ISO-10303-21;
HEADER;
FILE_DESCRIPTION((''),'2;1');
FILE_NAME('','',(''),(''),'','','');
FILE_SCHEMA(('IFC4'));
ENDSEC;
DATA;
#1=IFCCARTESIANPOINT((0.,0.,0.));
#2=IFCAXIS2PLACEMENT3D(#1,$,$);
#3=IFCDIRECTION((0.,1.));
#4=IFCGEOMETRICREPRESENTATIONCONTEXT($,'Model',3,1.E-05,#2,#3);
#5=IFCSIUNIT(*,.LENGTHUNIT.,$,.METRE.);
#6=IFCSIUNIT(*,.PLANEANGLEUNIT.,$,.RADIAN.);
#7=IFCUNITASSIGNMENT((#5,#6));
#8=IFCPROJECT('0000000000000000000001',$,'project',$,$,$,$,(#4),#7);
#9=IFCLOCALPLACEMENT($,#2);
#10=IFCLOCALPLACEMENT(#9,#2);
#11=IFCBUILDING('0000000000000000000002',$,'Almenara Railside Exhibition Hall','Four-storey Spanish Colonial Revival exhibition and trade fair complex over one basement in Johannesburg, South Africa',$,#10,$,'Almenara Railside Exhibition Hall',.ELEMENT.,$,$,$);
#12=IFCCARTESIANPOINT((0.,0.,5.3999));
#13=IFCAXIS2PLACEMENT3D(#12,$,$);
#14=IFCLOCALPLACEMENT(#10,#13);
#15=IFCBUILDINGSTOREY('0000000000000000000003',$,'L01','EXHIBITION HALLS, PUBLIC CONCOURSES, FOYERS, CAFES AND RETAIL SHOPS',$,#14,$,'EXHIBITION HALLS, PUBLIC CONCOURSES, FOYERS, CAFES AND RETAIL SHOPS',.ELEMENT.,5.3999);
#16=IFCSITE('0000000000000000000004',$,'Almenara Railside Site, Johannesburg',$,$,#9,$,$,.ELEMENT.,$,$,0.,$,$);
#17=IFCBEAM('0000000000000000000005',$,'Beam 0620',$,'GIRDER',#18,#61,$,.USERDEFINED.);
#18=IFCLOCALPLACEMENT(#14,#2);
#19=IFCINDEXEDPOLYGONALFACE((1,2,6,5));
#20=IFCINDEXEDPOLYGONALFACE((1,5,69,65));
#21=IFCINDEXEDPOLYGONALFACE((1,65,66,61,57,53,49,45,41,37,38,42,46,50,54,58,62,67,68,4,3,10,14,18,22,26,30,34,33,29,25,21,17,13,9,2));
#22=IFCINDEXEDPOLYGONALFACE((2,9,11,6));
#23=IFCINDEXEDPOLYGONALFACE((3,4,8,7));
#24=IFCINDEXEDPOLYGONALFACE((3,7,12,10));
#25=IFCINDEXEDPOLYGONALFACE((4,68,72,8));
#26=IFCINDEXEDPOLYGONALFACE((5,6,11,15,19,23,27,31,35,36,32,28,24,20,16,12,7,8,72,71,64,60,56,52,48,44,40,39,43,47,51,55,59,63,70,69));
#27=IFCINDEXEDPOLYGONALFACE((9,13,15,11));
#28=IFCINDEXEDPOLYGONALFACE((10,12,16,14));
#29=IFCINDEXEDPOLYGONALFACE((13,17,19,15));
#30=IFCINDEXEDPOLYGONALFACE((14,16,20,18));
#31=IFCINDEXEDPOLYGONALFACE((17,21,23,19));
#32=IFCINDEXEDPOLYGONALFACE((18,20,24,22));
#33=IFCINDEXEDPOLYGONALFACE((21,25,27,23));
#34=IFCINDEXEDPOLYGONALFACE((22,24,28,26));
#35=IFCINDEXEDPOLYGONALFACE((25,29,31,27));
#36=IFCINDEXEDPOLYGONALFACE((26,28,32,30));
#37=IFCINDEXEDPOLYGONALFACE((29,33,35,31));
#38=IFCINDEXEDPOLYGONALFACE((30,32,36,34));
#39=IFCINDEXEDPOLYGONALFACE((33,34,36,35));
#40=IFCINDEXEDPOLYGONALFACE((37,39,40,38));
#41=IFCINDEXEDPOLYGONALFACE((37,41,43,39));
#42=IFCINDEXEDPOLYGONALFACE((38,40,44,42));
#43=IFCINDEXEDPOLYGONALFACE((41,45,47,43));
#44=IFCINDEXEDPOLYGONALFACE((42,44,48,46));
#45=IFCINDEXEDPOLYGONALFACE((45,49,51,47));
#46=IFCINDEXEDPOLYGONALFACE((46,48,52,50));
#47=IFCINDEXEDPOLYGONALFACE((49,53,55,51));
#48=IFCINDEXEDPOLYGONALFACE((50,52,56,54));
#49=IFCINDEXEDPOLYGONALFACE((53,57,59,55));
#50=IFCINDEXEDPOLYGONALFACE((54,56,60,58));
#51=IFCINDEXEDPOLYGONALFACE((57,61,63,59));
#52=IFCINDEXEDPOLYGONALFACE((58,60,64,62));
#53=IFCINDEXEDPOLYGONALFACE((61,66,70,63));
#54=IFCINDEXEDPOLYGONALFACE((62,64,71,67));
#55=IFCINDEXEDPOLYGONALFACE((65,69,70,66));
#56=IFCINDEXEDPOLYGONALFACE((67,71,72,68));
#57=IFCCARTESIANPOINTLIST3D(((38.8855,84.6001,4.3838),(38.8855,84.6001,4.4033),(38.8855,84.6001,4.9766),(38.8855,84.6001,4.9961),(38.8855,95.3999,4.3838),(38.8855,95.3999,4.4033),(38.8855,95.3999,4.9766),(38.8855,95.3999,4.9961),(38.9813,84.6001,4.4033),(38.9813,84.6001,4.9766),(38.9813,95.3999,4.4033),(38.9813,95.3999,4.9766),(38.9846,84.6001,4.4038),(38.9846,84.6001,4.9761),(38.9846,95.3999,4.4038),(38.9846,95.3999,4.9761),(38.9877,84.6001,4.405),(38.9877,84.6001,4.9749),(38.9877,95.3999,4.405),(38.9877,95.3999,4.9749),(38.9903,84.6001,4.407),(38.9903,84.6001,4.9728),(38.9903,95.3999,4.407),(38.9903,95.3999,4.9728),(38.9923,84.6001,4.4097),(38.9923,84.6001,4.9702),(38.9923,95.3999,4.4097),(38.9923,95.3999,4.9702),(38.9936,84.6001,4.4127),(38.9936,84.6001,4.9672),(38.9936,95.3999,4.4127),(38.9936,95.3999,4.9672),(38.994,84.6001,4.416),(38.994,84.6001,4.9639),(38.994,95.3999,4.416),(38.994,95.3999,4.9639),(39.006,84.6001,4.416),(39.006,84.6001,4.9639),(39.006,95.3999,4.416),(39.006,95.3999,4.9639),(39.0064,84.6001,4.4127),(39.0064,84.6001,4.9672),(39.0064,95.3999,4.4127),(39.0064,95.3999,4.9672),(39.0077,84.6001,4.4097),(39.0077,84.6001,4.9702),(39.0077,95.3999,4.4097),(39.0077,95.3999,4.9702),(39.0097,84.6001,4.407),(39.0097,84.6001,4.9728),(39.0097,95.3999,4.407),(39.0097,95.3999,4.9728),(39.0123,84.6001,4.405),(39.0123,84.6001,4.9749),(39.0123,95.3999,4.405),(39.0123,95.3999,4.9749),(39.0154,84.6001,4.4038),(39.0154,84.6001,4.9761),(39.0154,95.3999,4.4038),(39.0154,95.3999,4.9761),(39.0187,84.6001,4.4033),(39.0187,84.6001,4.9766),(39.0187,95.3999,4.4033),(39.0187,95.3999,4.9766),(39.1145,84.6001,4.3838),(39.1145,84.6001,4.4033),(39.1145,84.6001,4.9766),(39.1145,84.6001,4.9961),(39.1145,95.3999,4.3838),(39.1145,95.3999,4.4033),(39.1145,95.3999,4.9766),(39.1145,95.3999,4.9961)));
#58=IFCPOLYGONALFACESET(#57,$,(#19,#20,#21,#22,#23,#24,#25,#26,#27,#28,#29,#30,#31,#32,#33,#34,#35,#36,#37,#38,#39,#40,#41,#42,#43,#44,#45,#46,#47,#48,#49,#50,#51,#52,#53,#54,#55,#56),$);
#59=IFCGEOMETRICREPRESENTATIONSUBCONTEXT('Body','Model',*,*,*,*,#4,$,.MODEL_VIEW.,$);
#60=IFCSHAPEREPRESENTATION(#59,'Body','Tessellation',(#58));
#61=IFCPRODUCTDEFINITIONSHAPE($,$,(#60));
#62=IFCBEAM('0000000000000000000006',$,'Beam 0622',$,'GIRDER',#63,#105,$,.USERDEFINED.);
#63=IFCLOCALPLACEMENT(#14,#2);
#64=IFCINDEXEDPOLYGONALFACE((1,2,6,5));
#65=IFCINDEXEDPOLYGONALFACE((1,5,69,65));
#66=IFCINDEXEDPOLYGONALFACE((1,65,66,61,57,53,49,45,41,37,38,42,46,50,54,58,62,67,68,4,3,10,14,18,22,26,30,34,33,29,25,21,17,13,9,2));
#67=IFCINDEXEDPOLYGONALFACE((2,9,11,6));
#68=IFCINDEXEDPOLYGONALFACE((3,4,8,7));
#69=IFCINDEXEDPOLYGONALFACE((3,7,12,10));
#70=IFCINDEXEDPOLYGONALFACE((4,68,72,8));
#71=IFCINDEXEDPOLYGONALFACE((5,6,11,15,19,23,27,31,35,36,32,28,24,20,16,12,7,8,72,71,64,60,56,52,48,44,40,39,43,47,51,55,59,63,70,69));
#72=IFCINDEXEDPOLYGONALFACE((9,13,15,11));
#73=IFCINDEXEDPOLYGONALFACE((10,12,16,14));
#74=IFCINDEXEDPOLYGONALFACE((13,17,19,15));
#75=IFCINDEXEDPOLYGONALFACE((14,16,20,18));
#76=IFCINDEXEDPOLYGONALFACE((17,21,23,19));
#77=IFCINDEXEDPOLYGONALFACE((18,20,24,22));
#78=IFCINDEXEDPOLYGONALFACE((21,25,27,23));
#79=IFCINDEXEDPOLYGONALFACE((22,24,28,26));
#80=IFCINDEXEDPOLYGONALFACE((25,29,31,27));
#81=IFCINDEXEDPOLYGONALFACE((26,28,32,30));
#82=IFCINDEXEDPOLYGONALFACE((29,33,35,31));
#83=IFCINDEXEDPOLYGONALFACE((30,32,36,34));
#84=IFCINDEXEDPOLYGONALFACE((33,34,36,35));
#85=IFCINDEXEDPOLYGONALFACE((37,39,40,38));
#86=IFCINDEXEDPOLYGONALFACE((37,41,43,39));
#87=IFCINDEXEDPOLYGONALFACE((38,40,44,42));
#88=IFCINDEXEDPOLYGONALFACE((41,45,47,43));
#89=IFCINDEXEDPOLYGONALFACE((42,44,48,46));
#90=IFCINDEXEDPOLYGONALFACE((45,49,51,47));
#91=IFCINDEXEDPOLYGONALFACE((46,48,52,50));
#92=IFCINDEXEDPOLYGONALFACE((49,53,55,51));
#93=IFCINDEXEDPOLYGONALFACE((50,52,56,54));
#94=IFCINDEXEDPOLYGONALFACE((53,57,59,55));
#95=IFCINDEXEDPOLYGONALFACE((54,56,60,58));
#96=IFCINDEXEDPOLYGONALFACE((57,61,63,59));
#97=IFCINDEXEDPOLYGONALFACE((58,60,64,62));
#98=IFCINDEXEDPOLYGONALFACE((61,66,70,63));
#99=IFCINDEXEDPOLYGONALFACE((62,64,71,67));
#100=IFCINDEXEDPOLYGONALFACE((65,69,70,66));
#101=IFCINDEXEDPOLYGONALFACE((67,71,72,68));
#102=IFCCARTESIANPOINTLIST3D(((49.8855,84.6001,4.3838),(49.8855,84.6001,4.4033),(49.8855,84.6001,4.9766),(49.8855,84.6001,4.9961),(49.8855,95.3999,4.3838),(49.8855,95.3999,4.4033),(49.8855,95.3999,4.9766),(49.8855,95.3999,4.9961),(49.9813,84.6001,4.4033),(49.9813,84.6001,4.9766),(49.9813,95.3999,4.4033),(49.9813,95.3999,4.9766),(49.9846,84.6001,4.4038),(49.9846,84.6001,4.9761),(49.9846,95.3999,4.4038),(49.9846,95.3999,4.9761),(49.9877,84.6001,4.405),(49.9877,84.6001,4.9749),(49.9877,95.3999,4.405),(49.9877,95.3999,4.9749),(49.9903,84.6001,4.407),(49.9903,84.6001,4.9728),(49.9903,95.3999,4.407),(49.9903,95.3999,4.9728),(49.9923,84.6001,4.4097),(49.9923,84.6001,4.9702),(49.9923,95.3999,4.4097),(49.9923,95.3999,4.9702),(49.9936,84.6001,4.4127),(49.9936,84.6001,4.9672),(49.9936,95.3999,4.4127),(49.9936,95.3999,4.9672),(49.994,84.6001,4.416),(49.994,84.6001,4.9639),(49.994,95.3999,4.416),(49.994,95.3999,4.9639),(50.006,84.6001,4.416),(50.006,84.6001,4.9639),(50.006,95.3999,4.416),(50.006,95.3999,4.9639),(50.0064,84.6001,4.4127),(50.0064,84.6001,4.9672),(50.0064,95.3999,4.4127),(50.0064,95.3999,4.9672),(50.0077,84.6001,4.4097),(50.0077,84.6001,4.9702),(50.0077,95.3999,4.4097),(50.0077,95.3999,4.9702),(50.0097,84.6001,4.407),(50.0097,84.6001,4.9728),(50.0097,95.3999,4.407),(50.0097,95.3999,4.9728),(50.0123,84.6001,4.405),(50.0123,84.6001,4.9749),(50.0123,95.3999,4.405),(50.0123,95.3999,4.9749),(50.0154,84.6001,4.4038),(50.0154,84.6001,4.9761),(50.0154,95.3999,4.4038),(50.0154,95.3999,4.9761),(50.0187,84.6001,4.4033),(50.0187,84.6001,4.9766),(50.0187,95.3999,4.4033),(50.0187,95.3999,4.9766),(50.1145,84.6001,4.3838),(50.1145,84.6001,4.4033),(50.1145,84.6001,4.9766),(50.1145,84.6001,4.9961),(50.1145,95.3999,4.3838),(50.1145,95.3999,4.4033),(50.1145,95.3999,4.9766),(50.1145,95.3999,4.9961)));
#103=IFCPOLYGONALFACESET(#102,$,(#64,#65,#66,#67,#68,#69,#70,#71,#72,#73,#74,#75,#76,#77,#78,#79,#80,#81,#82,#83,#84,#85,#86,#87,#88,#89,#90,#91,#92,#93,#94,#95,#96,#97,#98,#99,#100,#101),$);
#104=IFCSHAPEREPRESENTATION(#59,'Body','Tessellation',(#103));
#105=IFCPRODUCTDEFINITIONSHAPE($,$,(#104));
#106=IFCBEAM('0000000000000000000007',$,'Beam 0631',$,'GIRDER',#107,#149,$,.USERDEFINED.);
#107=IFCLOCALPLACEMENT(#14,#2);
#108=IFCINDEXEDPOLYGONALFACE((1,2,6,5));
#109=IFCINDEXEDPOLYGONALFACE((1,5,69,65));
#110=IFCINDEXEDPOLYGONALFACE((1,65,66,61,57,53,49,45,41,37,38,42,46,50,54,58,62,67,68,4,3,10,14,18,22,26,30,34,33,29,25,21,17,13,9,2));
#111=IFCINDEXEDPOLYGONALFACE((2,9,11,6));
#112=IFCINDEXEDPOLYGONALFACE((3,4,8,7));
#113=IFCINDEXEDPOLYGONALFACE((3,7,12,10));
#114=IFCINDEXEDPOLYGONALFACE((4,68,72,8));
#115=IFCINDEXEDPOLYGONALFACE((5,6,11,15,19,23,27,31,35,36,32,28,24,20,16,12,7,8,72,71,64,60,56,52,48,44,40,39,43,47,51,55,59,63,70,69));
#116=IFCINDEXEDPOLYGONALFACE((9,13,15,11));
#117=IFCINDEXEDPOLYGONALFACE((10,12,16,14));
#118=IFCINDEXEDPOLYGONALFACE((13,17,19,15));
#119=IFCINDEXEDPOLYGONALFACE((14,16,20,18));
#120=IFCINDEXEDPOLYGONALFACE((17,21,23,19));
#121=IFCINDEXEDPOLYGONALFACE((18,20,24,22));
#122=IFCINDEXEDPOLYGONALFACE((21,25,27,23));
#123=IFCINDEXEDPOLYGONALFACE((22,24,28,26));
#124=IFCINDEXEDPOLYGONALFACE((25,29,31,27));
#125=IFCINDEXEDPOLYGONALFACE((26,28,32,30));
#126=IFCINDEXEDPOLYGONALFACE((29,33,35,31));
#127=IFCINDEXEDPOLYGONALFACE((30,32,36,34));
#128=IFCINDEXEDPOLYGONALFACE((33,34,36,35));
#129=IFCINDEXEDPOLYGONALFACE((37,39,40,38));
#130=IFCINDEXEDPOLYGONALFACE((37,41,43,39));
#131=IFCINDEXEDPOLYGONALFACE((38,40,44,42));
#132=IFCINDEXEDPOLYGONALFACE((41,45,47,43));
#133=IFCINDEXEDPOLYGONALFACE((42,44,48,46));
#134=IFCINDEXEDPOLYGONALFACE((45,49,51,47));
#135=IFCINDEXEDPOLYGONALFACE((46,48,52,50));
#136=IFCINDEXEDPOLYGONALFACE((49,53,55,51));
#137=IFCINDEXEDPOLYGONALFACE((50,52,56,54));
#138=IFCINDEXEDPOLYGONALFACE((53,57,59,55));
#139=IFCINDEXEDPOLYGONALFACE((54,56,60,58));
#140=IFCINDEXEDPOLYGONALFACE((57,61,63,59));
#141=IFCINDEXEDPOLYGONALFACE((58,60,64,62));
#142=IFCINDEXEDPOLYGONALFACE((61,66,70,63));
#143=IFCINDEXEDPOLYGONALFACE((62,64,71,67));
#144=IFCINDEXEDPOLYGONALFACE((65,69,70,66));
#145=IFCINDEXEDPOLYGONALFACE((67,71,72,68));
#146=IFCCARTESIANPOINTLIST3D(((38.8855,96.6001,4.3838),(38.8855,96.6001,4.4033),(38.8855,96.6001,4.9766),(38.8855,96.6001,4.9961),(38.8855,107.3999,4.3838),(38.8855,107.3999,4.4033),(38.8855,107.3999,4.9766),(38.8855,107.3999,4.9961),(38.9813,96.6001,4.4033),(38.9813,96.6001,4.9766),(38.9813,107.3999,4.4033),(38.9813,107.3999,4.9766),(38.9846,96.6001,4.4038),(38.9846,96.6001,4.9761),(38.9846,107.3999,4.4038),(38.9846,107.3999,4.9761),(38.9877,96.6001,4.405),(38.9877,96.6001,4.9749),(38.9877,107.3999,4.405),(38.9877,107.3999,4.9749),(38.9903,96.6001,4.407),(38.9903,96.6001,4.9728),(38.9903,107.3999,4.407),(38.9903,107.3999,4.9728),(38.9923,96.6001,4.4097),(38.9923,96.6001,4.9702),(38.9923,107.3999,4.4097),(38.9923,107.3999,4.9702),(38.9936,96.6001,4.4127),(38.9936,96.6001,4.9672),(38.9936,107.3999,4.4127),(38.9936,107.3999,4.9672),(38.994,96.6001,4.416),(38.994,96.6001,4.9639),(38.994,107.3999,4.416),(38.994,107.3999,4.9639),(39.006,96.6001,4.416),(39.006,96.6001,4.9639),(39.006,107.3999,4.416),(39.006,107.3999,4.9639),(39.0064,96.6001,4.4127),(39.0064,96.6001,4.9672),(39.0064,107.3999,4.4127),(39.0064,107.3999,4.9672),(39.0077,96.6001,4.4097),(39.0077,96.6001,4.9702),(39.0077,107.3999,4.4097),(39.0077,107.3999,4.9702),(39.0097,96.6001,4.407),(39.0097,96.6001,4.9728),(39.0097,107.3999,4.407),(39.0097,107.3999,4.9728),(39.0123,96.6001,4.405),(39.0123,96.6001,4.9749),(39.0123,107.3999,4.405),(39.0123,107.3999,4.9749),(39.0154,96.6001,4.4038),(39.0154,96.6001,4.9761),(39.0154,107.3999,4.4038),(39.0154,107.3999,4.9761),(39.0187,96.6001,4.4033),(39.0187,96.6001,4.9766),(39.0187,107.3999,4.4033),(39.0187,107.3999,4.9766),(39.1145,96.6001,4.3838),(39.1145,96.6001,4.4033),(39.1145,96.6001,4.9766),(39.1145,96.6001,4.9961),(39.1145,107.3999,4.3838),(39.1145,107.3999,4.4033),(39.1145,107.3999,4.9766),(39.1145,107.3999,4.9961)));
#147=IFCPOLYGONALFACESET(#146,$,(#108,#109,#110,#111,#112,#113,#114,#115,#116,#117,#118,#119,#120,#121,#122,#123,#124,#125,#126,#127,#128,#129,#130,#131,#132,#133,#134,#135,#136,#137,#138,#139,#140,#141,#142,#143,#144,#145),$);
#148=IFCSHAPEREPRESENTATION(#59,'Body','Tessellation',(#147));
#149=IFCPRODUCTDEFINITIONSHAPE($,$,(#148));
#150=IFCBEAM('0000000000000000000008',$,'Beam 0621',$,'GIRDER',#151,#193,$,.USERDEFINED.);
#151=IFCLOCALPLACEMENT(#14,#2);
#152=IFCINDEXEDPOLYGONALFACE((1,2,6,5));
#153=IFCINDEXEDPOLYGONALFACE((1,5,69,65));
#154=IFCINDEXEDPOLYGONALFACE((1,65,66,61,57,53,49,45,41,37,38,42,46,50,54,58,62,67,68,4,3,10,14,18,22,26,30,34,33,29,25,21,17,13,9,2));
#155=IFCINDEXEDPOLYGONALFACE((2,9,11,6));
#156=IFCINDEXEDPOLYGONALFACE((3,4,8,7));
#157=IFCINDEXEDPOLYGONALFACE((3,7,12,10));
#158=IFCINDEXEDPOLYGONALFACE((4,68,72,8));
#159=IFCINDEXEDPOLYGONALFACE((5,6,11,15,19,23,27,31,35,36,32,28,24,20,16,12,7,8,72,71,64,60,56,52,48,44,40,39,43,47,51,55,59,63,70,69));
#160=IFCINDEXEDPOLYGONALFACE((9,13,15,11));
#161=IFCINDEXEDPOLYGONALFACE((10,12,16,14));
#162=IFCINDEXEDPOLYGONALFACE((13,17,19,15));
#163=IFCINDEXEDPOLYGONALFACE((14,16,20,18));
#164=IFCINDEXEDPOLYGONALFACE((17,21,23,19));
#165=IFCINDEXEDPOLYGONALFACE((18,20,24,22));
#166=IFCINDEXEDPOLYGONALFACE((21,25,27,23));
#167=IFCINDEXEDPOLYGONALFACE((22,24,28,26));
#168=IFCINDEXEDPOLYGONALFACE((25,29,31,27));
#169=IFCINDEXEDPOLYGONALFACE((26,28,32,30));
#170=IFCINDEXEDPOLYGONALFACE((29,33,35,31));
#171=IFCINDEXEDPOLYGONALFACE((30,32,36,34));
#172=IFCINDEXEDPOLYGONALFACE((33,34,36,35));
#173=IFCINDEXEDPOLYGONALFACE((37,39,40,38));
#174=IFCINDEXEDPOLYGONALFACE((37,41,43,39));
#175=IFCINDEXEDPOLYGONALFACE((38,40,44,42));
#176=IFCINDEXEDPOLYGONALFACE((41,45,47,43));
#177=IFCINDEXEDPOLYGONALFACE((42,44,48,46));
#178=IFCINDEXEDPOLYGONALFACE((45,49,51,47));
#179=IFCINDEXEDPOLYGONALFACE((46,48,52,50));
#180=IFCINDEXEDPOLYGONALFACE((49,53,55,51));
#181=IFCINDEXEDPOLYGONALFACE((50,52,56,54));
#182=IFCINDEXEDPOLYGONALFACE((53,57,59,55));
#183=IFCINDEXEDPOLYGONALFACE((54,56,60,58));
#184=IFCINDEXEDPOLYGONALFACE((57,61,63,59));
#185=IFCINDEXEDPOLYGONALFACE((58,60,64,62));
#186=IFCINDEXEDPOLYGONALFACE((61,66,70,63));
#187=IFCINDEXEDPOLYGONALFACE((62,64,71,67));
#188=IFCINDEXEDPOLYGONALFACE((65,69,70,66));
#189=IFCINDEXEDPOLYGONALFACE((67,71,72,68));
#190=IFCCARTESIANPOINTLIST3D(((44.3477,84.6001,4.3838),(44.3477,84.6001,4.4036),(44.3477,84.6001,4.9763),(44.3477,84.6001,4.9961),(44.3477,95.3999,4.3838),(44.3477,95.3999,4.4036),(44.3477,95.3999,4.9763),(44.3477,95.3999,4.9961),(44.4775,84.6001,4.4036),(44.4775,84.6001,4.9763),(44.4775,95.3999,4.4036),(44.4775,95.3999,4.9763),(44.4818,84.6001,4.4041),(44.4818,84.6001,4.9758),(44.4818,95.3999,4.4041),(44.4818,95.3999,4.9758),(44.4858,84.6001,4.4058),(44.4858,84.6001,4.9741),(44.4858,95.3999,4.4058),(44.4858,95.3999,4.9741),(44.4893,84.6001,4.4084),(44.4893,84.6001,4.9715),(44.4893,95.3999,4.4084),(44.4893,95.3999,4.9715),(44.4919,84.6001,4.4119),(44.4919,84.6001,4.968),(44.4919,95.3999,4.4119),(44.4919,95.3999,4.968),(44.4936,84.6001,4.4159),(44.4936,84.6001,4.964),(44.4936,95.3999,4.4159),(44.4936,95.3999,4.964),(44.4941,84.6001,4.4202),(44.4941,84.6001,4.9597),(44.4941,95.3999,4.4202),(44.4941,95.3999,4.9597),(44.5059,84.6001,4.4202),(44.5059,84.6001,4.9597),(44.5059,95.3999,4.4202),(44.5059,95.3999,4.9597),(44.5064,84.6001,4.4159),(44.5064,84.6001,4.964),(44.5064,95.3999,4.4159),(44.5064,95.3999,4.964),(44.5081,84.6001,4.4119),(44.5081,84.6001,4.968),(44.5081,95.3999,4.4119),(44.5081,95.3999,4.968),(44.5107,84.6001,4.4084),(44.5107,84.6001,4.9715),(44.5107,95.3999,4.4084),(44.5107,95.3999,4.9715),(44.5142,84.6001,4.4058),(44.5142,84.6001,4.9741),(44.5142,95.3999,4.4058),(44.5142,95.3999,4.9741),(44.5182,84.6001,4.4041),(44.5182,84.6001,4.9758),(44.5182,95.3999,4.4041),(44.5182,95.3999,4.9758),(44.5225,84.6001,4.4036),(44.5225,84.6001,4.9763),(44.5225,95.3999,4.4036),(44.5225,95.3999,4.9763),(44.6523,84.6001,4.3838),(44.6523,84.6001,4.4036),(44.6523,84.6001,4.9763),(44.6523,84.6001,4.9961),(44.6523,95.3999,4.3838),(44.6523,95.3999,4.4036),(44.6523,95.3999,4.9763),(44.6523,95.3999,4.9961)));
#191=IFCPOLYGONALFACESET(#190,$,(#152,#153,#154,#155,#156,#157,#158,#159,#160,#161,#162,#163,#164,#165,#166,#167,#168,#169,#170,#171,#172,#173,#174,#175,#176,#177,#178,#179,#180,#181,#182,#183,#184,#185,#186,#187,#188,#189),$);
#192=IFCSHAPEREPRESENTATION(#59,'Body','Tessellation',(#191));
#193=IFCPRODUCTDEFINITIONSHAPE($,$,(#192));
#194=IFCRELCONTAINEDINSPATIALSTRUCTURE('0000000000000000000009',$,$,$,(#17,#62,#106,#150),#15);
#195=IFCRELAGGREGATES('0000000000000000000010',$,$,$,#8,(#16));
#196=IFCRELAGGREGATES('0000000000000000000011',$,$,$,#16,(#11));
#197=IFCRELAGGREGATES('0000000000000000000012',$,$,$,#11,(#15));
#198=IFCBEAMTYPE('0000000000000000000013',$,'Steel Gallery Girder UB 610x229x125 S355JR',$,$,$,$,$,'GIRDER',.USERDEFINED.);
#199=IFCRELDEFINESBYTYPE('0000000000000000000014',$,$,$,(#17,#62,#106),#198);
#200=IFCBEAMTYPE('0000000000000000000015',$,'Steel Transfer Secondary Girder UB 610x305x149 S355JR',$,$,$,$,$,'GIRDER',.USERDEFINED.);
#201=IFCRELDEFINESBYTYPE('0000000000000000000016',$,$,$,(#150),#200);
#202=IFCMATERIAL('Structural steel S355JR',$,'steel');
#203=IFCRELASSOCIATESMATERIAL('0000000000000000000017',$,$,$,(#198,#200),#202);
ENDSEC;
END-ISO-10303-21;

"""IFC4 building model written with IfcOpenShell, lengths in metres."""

from ifc_helpers import new_model, si_unit, direction, frame, origin, origin_2d, place, context, subcontext, project, spatial, i_section, extrude, material, material_profile, profile_set, type_object, element, save


model = new_model("IFC4")

# Units and contexts
model_context = context("Model", 3, precision=1e-05, world=origin(), true_north=direction((0.0, 1.0)))
body_context = subcontext(model_context, "Body", "Model", "MODEL_VIEW")
ifc_project = project(units=[si_unit("LENGTHUNIT", "METRE"), si_unit("PLANEANGLEUNIT", "RADIAN")], contexts=[model_context])

# Site, building, storey
site_placement = place(None, origin())
site = spatial("IfcSite", under=ifc_project, at=site_placement, Name="Almenara Railside Site, Johannesburg", CompositionType="ELEMENT", RefElevation=0.0)
building_placement = place(site_placement, origin())
building = spatial("IfcBuilding", under=site, at=building_placement, Name="Almenara Railside Exhibition Hall", Description="Four-storey Spanish Colonial Revival exhibition and trade fair complex over one basement in Johannesburg, South Africa", LongName="Almenara Railside Exhibition Hall", CompositionType="ELEMENT")
storey_placement = place(building_placement, frame((0.0, 0.0, 5.3999)))
storey = spatial("IfcBuildingStorey", under=building, at=storey_placement, Name="L01", Description="EXHIBITION HALLS, PUBLIC CONCOURSES, FOYERS, CAFES AND RETAIL SHOPS", LongName="EXHIBITION HALLS, PUBLIC CONCOURSES, FOYERS, CAFES AND RETAIL SHOPS", CompositionType="ELEMENT", Elevation=5.3999)

# Beams
ifc_material_1 = material(Name="Structural steel S355JR", Category="steel")
ifc_material_profile_1 = material_profile(ifc_material_1, i_section(OverallWidth=0.229, OverallDepth=0.6123, WebThickness=0.012, FlangeThickness=0.0195, FilletRadius=0.0127, at=origin_2d()), Name="UB 610x229x125")
ifc_profile_set_1 = profile_set([ifc_material_profile_1], Name="Structural steel S355JR")
beam_type_1 = type_object("IfcBeamType", Name="Steel Gallery Girder UB 610x229x125 S355JR", ElementType="GIRDER", PredefinedType="USERDEFINED", material=ifc_profile_set_1)
for number, where, z_axis, x_axis, name in (
    (1, (39.0, 84.6001, 4.6899), (0.0, 1.0, 0.0), (-1.0, 0.0, 0.0), "Beam 0620"),
    (2, (50.0, 84.6001, 4.6899), (0.0, 1.0, 0.0), (-1.0, 0.0, 0.0), "Beam 0622"),
    (3, (39.0, 96.6001, 4.6899), (0.0, 1.0, 0.0), (-1.0, 0.0, 0.0), "Beam 0631"),
):
    element("IfcBeam", number, at=place(storey_placement, frame(where, z_axis=z_axis, x_axis=x_axis)), inside=storey, type_object=beam_type_1, Name=name, ObjectType="GIRDER", PredefinedType="USERDEFINED", context=body_context, shape_type="SweptSolid", body=[
        extrude(i_section(OverallWidth=0.229, OverallDepth=0.6123, WebThickness=0.012, FlangeThickness=0.0195, FilletRadius=0.0127, at=origin_2d()), origin(), (0.0, 0.0, 1.0), 10.7998),
    ])
ifc_material_profile_2 = material_profile(ifc_material_1, i_section(OverallWidth=0.3047, OverallDepth=0.6123, WebThickness=0.0117, FlangeThickness=0.0198, FilletRadius=0.0166, at=origin_2d()), Name="UB 610x305x149")
ifc_profile_set_2 = profile_set([ifc_material_profile_2], Name="Structural steel S355JR")
beam_type_2 = type_object("IfcBeamType", Name="Steel Transfer Secondary Girder UB 610x305x149 S355JR", ElementType="GIRDER", PredefinedType="USERDEFINED", material=ifc_profile_set_2)
beam_1_placement = place(storey_placement, frame((44.5, 84.6001, 4.6899), z_axis=(0.0, 1.0, 0.0), x_axis=(-1.0, 0.0, 0.0)))
element("IfcBeam", 4, at=beam_1_placement, inside=storey, type_object=beam_type_2, Name="Beam 0621", ObjectType="GIRDER", PredefinedType="USERDEFINED", context=body_context, shape_type="SweptSolid", body=[
    extrude(i_section(OverallWidth=0.3047, OverallDepth=0.6123, WebThickness=0.0117, FlangeThickness=0.0198, FilletRadius=0.0166, at=origin_2d()), origin(), (0.0, 0.0, 1.0), 10.7998),
])

save(model, "model.ifc")
